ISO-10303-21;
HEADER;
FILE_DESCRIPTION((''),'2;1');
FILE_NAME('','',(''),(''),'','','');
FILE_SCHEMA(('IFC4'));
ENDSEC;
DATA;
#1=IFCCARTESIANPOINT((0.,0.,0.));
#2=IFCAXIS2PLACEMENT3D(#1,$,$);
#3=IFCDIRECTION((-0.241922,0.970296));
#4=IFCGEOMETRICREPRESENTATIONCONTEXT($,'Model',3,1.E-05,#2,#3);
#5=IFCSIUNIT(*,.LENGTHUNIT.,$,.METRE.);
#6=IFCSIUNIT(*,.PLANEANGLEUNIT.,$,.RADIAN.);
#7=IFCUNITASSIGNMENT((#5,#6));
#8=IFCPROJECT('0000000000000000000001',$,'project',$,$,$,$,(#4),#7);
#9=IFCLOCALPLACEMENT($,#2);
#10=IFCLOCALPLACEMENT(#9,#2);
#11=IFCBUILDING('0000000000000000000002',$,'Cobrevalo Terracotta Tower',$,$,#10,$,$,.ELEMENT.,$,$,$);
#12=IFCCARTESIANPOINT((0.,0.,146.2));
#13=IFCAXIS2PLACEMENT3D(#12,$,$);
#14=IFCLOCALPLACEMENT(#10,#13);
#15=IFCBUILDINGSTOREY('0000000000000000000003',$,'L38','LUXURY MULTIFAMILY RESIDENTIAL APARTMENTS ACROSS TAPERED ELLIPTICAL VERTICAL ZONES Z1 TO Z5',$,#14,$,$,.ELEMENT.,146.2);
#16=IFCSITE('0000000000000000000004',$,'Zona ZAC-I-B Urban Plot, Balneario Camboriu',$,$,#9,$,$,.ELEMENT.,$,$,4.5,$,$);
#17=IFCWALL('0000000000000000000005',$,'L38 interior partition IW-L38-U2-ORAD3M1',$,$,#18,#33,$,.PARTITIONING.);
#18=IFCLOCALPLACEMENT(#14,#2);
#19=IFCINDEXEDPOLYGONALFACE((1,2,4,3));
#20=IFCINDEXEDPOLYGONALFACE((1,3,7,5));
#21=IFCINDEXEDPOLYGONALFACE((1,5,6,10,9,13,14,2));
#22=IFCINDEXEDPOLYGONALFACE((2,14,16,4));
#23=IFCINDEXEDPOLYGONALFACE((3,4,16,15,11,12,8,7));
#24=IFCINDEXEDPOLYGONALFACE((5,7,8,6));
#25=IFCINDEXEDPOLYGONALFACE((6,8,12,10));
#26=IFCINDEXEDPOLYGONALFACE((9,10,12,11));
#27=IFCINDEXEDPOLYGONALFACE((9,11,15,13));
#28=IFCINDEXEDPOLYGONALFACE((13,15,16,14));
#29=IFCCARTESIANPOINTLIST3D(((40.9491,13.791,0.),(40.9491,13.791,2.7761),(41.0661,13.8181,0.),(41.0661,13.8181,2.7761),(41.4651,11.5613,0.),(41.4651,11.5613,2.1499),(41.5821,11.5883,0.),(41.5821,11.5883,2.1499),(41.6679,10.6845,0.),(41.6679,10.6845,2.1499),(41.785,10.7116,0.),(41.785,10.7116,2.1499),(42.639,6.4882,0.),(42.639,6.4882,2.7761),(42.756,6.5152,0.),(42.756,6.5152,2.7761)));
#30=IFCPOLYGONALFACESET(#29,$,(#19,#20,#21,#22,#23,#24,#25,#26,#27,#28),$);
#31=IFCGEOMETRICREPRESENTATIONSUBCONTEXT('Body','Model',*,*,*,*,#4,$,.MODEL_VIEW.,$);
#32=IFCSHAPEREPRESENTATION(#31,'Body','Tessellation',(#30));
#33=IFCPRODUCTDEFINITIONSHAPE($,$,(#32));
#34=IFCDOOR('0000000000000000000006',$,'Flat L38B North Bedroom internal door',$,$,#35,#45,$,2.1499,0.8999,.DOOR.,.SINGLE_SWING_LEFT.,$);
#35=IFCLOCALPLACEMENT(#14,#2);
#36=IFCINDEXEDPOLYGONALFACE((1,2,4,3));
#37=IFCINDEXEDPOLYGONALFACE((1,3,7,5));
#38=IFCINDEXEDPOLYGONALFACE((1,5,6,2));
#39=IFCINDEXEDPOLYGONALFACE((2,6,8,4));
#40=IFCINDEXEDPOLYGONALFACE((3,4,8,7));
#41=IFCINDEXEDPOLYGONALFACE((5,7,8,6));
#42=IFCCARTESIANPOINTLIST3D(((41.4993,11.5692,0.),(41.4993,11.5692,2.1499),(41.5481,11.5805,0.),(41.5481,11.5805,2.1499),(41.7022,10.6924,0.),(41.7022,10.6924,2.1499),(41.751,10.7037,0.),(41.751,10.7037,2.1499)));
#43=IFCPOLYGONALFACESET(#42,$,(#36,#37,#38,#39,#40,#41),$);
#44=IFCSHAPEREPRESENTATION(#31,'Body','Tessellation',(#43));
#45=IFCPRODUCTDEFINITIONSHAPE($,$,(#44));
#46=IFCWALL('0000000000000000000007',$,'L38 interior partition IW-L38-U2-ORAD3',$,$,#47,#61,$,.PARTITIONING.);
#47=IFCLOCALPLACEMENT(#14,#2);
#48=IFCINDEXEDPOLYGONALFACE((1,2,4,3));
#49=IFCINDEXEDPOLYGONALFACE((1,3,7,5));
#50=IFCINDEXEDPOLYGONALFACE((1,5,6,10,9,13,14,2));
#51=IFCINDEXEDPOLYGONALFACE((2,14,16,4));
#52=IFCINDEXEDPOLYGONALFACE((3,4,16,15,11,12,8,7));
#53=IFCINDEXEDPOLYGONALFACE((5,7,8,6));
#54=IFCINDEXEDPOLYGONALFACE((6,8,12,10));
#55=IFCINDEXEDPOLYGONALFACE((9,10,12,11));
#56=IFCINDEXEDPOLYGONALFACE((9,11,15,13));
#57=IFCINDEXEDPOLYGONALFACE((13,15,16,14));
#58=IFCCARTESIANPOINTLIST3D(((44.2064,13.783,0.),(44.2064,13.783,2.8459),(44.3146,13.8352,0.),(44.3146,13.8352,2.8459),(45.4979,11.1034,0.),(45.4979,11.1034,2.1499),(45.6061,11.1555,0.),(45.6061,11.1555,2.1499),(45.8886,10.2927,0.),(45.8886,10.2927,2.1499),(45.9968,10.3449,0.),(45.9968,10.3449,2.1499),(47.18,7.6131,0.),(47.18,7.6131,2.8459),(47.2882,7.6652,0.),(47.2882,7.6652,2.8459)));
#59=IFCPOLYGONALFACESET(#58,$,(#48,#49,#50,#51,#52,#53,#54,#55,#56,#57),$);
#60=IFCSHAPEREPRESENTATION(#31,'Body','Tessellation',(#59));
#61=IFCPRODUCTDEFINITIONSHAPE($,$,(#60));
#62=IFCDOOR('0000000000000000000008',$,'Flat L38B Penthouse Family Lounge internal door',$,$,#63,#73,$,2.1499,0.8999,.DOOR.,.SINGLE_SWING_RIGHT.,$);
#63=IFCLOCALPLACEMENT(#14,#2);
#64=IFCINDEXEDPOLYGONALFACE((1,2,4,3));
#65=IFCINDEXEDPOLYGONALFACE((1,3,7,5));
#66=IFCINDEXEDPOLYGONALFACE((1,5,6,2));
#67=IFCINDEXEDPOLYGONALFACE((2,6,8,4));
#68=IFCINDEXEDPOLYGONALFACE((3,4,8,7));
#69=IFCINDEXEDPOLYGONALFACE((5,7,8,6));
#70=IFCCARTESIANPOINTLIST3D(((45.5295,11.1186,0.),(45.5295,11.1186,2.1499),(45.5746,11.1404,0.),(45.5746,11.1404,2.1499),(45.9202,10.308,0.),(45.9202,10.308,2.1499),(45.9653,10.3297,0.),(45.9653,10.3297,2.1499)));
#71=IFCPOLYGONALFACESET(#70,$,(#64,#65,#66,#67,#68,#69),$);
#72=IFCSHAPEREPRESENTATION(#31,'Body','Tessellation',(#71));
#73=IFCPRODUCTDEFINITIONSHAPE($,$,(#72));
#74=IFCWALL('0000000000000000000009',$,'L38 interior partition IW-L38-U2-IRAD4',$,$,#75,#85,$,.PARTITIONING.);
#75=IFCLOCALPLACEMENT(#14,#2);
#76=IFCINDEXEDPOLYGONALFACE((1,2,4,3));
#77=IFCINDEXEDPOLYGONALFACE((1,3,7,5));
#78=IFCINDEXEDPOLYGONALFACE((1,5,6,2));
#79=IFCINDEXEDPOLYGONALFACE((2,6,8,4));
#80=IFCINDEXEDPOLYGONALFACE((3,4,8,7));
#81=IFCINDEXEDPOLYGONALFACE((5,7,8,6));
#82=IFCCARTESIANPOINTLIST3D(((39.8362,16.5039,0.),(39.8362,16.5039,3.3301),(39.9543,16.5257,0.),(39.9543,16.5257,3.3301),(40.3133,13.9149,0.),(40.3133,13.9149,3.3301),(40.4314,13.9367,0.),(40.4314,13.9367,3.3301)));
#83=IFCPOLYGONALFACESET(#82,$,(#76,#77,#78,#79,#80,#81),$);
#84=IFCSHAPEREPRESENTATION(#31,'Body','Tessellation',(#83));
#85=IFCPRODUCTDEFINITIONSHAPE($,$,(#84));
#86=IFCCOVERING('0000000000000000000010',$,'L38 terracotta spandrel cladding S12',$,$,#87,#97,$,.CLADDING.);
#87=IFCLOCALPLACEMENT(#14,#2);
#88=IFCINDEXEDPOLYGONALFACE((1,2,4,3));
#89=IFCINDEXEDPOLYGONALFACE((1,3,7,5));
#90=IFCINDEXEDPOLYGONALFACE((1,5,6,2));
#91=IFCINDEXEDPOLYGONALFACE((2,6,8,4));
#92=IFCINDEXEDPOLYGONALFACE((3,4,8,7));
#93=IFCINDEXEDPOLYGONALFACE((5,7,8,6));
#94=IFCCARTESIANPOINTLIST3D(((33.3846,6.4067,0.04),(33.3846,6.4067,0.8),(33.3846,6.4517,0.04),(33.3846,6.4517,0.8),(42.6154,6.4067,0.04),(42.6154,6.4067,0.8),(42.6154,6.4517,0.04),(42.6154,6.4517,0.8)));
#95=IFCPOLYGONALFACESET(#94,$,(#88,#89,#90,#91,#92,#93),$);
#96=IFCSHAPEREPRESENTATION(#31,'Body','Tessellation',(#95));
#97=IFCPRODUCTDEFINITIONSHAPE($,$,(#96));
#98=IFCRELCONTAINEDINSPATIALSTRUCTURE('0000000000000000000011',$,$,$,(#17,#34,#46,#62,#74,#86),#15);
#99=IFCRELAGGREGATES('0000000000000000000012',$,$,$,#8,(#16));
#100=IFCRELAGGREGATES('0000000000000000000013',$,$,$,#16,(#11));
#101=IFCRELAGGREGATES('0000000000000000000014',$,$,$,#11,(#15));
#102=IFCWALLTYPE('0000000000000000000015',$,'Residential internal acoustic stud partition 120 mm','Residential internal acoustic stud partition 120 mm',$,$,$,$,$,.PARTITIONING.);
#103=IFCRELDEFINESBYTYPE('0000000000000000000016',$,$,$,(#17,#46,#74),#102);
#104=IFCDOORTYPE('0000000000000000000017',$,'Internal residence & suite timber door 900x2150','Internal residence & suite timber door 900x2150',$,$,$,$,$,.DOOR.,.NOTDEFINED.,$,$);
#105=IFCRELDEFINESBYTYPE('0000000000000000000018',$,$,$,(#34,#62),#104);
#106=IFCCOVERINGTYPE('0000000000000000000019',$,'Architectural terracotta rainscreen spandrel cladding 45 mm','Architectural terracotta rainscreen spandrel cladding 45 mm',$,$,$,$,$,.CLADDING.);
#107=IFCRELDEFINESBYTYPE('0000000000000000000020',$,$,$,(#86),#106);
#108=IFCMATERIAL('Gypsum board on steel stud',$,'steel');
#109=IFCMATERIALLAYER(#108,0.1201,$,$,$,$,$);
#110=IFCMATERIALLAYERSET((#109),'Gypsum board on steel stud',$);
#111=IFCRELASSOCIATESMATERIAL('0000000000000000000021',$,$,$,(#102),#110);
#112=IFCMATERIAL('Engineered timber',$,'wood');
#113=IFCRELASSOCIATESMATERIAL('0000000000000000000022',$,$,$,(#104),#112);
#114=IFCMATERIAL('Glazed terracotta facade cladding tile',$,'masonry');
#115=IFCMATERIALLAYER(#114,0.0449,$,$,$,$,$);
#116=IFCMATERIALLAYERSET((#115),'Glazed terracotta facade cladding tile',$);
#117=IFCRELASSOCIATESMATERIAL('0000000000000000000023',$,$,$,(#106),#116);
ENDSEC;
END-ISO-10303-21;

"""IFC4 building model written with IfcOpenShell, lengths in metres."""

from ifc_helpers import new_model, si_unit, direction, frame, frame_2d, origin, origin_2d, place, context, subcontext, project, spatial, rectangle, extrude, source, transform, mapped, material, layer, layer_set, type_object, element, fill, save


model = new_model("IFC4")

# Units and contexts
model_context = context("Model", 3, precision=1e-05, world=origin(), true_north=direction((-0.241922, 0.970296)))
body_context = subcontext(model_context, "Body", "Model", "MODEL_VIEW")
ifc_project = project(units=[si_unit("LENGTHUNIT", "METRE"), si_unit("PLANEANGLEUNIT", "RADIAN")], contexts=[model_context])

# Site, building, storey
site_placement = place(None, origin())
site = spatial("IfcSite", under=ifc_project, at=site_placement, Name="Zona ZAC-I-B Urban Plot, Balneario Camboriu", CompositionType="ELEMENT", RefElevation=4.5)
building_placement = place(site_placement, origin())
building = spatial("IfcBuilding", under=site, at=building_placement, Name="Cobrevalo Terracotta Tower", CompositionType="ELEMENT")
storey_placement = place(building_placement, frame((0.0, 0.0, 146.2)))
storey = spatial("IfcBuildingStorey", under=building, at=storey_placement, Name="L38", Description="LUXURY MULTIFAMILY RESIDENTIAL APARTMENTS ACROSS TAPERED ELLIPTICAL VERTICAL ZONES Z1 TO Z5", CompositionType="ELEMENT", Elevation=146.2)

# Shared definitions
ifc_material_1 = material(Name="Gypsum board on steel stud", Category="steel")
ifc_layer_1 = layer(ifc_material_1, 0.1201)
ifc_layer_set_1 = layer_set([ifc_layer_1], Name="Gypsum board on steel stud")
wall_type = type_object("IfcWallType", Name="Residential internal acoustic stud partition 120 mm", Description="Residential internal acoustic stud partition 120 mm", PredefinedType="PARTITIONING", material=ifc_layer_set_1)

# Walls, openings, doors
ifc_material_2 = material(Name="Engineered timber", Category="wood")
door_type = type_object("IfcDoorType", Name="Internal residence & suite timber door 900x2150", Description="Internal residence & suite timber door 900x2150", OperationType="NOTDEFINED", PredefinedType="DOOR", material=ifc_material_2)
shared_shape_1 = source(origin(), body_context, "Body", "SweptSolid", [
    extrude(rectangle(XDim=0.8999, YDim=2.1499, at=frame_2d((0.45, 1.075))), frame((0.0, 0.0249, 0.0), z_axis=(0.0, -1.0, 0.0), x_axis=(1.0, 0.0, 0.0)), (0.0, 0.0, 1.0), 0.05),
])
wall_1_placement = place(storey_placement, frame((41.0076, 13.8047, 0.0), z_axis=(0.0, 0.0, 1.0), x_axis=(0.225447, -0.974255, 0.0)))
wall_1 = element("IfcWall", 1, at=wall_1_placement, inside=storey, type_object=wall_type, Name="L38 interior partition IW-L38-U2-ORAD3M1", PredefinedType="PARTITIONING", context=body_context, shape_type="SweptSolid", body=[
    extrude(rectangle(XDim=7.4958, YDim=0.1201, at=frame_2d((3.748, 0.0))), origin(), (0.0, 0.0, 1.0), 2.7761),
])
opening_1_placement = place(wall_1_placement, frame((2.2888, 0.0, 0.0)))
opening_1 = element("IfcOpeningElement", 2, at=opening_1_placement, cuts=wall_1, PredefinedType="OPENING", context=body_context, shape_type="SweptSolid", body=[
    extrude(rectangle(XDim=0.8999, YDim=2.1499, at=frame_2d((0.45, 1.075))), frame((0.0, 0.0701, 0.0), z_axis=(0.0, -1.0, 0.0), x_axis=(1.0, 0.0, 0.0)), (0.0, 0.0, 1.0), 0.1401),
])
door_1_placement = place(opening_1_placement, frame((0.8999, 0.0, 0.0), z_axis=(0.0, 0.0, 1.0), x_axis=(-1.0, 0.0, 0.0)))
door_1 = element("IfcDoor", 3, at=door_1_placement, inside=storey, type_object=door_type, Name="Flat L38B North Bedroom internal door", OperationType="SINGLE_SWING_LEFT", OverallHeight=2.1499, OverallWidth=0.8999, PredefinedType="DOOR", context=body_context, shape_type="MappedRepresentation", body=[
    mapped(shared_shape_1, transform((0.0, 0.0, 0.0), scale=1.0)),
])
fill(opening_1, door_1)
wall_2_placement = place(storey_placement, frame((44.2605, 13.8091, 0.0), z_axis=(0.0, 0.0, 1.0), x_axis=(0.434163, -0.900834, 0.0)))
wall_2 = element("IfcWall", 4, at=wall_2_placement, inside=storey, type_object=wall_type, Name="L38 interior partition IW-L38-U2-ORAD3", PredefinedType="PARTITIONING", context=body_context, shape_type="SweptSolid", body=[
    extrude(rectangle(XDim=6.8491, YDim=0.1201, at=frame_2d((3.4246, 0.0))), origin(), (0.0, 0.0, 1.0), 2.8459),
])
opening_2_placement = place(wall_2_placement, frame((2.9746, 0.0, 0.0)))
opening_2 = element("IfcOpeningElement", 5, at=opening_2_placement, cuts=wall_2, PredefinedType="OPENING", context=body_context, shape_type="SweptSolid", body=[
    extrude(rectangle(XDim=0.8999, YDim=2.1499, at=frame_2d((0.45, 1.075))), frame((0.0, 0.0701, 0.0), z_axis=(0.0, -1.0, 0.0), x_axis=(1.0, 0.0, 0.0)), (0.0, 0.0, 1.0), 0.1401),
])
door_2_placement = place(opening_2_placement, frame((0.8999, 0.0, 0.0), z_axis=(0.0, 0.0, 1.0), x_axis=(-1.0, 0.0, 0.0)))
door_2 = element("IfcDoor", 6, at=door_2_placement, inside=storey, type_object=door_type, Name="Flat L38B Penthouse Family Lounge internal door", OperationType="SINGLE_SWING_RIGHT", OverallHeight=2.1499, OverallWidth=0.8999, PredefinedType="DOOR", context=body_context, shape_type="MappedRepresentation", body=[
    mapped(shared_shape_1, transform((0.0, 0.0, 0.0), scale=1.0)),
])
fill(opening_2, door_2)

# Wall
wall_3_placement = place(storey_placement, frame((39.8953, 16.5149, 0.0), z_axis=(0.0, 0.0, 1.0), x_axis=(0.181219, -0.983443, 0.0)))
element("IfcWall", 7, at=wall_3_placement, inside=storey, type_object=wall_type, Name="L38 interior partition IW-L38-U2-IRAD4", PredefinedType="PARTITIONING", context=body_context, shape_type="SweptSolid", body=[
    extrude(rectangle(XDim=2.6326, YDim=0.1201, at=frame_2d((1.3164, 0.0))), origin(), (0.0, 0.0, 1.0), 3.3301),
])

# Covering
ifc_material_3 = material(Name="Glazed terracotta facade cladding tile", Category="masonry")
ifc_layer_2 = layer(ifc_material_3, 0.0449)
ifc_layer_set_2 = layer_set([ifc_layer_2], Name="Glazed terracotta facade cladding tile")
covering_type = type_object("IfcCoveringType", Name="Architectural terracotta rainscreen spandrel cladding 45 mm", Description="Architectural terracotta rainscreen spandrel cladding 45 mm", PredefinedType="CLADDING", material=ifc_layer_set_2)
shared_shape_2 = source(origin(), body_context, "Body", "SweptSolid", [
    extrude(rectangle(XDim=9.2307, YDim=0.0449, at=origin_2d()), origin(), (0.0, 0.0, 1.0), 0.76),
])
covering_placement = place(storey_placement, frame((38.0, 6.4292, 0.04), z_axis=(0.0, 0.0, 1.0), x_axis=(1.0, 0.0, 0.0)))
element("IfcCovering", 8, at=covering_placement, inside=storey, type_object=covering_type, Name="L38 terracotta spandrel cladding S12", PredefinedType="CLADDING", context=body_context, shape_type="MappedRepresentation", body=[
    mapped(shared_shape_2, transform((0.0, 0.0, 0.0), scale=1.0)),
])

save(model, "model.ifc")
